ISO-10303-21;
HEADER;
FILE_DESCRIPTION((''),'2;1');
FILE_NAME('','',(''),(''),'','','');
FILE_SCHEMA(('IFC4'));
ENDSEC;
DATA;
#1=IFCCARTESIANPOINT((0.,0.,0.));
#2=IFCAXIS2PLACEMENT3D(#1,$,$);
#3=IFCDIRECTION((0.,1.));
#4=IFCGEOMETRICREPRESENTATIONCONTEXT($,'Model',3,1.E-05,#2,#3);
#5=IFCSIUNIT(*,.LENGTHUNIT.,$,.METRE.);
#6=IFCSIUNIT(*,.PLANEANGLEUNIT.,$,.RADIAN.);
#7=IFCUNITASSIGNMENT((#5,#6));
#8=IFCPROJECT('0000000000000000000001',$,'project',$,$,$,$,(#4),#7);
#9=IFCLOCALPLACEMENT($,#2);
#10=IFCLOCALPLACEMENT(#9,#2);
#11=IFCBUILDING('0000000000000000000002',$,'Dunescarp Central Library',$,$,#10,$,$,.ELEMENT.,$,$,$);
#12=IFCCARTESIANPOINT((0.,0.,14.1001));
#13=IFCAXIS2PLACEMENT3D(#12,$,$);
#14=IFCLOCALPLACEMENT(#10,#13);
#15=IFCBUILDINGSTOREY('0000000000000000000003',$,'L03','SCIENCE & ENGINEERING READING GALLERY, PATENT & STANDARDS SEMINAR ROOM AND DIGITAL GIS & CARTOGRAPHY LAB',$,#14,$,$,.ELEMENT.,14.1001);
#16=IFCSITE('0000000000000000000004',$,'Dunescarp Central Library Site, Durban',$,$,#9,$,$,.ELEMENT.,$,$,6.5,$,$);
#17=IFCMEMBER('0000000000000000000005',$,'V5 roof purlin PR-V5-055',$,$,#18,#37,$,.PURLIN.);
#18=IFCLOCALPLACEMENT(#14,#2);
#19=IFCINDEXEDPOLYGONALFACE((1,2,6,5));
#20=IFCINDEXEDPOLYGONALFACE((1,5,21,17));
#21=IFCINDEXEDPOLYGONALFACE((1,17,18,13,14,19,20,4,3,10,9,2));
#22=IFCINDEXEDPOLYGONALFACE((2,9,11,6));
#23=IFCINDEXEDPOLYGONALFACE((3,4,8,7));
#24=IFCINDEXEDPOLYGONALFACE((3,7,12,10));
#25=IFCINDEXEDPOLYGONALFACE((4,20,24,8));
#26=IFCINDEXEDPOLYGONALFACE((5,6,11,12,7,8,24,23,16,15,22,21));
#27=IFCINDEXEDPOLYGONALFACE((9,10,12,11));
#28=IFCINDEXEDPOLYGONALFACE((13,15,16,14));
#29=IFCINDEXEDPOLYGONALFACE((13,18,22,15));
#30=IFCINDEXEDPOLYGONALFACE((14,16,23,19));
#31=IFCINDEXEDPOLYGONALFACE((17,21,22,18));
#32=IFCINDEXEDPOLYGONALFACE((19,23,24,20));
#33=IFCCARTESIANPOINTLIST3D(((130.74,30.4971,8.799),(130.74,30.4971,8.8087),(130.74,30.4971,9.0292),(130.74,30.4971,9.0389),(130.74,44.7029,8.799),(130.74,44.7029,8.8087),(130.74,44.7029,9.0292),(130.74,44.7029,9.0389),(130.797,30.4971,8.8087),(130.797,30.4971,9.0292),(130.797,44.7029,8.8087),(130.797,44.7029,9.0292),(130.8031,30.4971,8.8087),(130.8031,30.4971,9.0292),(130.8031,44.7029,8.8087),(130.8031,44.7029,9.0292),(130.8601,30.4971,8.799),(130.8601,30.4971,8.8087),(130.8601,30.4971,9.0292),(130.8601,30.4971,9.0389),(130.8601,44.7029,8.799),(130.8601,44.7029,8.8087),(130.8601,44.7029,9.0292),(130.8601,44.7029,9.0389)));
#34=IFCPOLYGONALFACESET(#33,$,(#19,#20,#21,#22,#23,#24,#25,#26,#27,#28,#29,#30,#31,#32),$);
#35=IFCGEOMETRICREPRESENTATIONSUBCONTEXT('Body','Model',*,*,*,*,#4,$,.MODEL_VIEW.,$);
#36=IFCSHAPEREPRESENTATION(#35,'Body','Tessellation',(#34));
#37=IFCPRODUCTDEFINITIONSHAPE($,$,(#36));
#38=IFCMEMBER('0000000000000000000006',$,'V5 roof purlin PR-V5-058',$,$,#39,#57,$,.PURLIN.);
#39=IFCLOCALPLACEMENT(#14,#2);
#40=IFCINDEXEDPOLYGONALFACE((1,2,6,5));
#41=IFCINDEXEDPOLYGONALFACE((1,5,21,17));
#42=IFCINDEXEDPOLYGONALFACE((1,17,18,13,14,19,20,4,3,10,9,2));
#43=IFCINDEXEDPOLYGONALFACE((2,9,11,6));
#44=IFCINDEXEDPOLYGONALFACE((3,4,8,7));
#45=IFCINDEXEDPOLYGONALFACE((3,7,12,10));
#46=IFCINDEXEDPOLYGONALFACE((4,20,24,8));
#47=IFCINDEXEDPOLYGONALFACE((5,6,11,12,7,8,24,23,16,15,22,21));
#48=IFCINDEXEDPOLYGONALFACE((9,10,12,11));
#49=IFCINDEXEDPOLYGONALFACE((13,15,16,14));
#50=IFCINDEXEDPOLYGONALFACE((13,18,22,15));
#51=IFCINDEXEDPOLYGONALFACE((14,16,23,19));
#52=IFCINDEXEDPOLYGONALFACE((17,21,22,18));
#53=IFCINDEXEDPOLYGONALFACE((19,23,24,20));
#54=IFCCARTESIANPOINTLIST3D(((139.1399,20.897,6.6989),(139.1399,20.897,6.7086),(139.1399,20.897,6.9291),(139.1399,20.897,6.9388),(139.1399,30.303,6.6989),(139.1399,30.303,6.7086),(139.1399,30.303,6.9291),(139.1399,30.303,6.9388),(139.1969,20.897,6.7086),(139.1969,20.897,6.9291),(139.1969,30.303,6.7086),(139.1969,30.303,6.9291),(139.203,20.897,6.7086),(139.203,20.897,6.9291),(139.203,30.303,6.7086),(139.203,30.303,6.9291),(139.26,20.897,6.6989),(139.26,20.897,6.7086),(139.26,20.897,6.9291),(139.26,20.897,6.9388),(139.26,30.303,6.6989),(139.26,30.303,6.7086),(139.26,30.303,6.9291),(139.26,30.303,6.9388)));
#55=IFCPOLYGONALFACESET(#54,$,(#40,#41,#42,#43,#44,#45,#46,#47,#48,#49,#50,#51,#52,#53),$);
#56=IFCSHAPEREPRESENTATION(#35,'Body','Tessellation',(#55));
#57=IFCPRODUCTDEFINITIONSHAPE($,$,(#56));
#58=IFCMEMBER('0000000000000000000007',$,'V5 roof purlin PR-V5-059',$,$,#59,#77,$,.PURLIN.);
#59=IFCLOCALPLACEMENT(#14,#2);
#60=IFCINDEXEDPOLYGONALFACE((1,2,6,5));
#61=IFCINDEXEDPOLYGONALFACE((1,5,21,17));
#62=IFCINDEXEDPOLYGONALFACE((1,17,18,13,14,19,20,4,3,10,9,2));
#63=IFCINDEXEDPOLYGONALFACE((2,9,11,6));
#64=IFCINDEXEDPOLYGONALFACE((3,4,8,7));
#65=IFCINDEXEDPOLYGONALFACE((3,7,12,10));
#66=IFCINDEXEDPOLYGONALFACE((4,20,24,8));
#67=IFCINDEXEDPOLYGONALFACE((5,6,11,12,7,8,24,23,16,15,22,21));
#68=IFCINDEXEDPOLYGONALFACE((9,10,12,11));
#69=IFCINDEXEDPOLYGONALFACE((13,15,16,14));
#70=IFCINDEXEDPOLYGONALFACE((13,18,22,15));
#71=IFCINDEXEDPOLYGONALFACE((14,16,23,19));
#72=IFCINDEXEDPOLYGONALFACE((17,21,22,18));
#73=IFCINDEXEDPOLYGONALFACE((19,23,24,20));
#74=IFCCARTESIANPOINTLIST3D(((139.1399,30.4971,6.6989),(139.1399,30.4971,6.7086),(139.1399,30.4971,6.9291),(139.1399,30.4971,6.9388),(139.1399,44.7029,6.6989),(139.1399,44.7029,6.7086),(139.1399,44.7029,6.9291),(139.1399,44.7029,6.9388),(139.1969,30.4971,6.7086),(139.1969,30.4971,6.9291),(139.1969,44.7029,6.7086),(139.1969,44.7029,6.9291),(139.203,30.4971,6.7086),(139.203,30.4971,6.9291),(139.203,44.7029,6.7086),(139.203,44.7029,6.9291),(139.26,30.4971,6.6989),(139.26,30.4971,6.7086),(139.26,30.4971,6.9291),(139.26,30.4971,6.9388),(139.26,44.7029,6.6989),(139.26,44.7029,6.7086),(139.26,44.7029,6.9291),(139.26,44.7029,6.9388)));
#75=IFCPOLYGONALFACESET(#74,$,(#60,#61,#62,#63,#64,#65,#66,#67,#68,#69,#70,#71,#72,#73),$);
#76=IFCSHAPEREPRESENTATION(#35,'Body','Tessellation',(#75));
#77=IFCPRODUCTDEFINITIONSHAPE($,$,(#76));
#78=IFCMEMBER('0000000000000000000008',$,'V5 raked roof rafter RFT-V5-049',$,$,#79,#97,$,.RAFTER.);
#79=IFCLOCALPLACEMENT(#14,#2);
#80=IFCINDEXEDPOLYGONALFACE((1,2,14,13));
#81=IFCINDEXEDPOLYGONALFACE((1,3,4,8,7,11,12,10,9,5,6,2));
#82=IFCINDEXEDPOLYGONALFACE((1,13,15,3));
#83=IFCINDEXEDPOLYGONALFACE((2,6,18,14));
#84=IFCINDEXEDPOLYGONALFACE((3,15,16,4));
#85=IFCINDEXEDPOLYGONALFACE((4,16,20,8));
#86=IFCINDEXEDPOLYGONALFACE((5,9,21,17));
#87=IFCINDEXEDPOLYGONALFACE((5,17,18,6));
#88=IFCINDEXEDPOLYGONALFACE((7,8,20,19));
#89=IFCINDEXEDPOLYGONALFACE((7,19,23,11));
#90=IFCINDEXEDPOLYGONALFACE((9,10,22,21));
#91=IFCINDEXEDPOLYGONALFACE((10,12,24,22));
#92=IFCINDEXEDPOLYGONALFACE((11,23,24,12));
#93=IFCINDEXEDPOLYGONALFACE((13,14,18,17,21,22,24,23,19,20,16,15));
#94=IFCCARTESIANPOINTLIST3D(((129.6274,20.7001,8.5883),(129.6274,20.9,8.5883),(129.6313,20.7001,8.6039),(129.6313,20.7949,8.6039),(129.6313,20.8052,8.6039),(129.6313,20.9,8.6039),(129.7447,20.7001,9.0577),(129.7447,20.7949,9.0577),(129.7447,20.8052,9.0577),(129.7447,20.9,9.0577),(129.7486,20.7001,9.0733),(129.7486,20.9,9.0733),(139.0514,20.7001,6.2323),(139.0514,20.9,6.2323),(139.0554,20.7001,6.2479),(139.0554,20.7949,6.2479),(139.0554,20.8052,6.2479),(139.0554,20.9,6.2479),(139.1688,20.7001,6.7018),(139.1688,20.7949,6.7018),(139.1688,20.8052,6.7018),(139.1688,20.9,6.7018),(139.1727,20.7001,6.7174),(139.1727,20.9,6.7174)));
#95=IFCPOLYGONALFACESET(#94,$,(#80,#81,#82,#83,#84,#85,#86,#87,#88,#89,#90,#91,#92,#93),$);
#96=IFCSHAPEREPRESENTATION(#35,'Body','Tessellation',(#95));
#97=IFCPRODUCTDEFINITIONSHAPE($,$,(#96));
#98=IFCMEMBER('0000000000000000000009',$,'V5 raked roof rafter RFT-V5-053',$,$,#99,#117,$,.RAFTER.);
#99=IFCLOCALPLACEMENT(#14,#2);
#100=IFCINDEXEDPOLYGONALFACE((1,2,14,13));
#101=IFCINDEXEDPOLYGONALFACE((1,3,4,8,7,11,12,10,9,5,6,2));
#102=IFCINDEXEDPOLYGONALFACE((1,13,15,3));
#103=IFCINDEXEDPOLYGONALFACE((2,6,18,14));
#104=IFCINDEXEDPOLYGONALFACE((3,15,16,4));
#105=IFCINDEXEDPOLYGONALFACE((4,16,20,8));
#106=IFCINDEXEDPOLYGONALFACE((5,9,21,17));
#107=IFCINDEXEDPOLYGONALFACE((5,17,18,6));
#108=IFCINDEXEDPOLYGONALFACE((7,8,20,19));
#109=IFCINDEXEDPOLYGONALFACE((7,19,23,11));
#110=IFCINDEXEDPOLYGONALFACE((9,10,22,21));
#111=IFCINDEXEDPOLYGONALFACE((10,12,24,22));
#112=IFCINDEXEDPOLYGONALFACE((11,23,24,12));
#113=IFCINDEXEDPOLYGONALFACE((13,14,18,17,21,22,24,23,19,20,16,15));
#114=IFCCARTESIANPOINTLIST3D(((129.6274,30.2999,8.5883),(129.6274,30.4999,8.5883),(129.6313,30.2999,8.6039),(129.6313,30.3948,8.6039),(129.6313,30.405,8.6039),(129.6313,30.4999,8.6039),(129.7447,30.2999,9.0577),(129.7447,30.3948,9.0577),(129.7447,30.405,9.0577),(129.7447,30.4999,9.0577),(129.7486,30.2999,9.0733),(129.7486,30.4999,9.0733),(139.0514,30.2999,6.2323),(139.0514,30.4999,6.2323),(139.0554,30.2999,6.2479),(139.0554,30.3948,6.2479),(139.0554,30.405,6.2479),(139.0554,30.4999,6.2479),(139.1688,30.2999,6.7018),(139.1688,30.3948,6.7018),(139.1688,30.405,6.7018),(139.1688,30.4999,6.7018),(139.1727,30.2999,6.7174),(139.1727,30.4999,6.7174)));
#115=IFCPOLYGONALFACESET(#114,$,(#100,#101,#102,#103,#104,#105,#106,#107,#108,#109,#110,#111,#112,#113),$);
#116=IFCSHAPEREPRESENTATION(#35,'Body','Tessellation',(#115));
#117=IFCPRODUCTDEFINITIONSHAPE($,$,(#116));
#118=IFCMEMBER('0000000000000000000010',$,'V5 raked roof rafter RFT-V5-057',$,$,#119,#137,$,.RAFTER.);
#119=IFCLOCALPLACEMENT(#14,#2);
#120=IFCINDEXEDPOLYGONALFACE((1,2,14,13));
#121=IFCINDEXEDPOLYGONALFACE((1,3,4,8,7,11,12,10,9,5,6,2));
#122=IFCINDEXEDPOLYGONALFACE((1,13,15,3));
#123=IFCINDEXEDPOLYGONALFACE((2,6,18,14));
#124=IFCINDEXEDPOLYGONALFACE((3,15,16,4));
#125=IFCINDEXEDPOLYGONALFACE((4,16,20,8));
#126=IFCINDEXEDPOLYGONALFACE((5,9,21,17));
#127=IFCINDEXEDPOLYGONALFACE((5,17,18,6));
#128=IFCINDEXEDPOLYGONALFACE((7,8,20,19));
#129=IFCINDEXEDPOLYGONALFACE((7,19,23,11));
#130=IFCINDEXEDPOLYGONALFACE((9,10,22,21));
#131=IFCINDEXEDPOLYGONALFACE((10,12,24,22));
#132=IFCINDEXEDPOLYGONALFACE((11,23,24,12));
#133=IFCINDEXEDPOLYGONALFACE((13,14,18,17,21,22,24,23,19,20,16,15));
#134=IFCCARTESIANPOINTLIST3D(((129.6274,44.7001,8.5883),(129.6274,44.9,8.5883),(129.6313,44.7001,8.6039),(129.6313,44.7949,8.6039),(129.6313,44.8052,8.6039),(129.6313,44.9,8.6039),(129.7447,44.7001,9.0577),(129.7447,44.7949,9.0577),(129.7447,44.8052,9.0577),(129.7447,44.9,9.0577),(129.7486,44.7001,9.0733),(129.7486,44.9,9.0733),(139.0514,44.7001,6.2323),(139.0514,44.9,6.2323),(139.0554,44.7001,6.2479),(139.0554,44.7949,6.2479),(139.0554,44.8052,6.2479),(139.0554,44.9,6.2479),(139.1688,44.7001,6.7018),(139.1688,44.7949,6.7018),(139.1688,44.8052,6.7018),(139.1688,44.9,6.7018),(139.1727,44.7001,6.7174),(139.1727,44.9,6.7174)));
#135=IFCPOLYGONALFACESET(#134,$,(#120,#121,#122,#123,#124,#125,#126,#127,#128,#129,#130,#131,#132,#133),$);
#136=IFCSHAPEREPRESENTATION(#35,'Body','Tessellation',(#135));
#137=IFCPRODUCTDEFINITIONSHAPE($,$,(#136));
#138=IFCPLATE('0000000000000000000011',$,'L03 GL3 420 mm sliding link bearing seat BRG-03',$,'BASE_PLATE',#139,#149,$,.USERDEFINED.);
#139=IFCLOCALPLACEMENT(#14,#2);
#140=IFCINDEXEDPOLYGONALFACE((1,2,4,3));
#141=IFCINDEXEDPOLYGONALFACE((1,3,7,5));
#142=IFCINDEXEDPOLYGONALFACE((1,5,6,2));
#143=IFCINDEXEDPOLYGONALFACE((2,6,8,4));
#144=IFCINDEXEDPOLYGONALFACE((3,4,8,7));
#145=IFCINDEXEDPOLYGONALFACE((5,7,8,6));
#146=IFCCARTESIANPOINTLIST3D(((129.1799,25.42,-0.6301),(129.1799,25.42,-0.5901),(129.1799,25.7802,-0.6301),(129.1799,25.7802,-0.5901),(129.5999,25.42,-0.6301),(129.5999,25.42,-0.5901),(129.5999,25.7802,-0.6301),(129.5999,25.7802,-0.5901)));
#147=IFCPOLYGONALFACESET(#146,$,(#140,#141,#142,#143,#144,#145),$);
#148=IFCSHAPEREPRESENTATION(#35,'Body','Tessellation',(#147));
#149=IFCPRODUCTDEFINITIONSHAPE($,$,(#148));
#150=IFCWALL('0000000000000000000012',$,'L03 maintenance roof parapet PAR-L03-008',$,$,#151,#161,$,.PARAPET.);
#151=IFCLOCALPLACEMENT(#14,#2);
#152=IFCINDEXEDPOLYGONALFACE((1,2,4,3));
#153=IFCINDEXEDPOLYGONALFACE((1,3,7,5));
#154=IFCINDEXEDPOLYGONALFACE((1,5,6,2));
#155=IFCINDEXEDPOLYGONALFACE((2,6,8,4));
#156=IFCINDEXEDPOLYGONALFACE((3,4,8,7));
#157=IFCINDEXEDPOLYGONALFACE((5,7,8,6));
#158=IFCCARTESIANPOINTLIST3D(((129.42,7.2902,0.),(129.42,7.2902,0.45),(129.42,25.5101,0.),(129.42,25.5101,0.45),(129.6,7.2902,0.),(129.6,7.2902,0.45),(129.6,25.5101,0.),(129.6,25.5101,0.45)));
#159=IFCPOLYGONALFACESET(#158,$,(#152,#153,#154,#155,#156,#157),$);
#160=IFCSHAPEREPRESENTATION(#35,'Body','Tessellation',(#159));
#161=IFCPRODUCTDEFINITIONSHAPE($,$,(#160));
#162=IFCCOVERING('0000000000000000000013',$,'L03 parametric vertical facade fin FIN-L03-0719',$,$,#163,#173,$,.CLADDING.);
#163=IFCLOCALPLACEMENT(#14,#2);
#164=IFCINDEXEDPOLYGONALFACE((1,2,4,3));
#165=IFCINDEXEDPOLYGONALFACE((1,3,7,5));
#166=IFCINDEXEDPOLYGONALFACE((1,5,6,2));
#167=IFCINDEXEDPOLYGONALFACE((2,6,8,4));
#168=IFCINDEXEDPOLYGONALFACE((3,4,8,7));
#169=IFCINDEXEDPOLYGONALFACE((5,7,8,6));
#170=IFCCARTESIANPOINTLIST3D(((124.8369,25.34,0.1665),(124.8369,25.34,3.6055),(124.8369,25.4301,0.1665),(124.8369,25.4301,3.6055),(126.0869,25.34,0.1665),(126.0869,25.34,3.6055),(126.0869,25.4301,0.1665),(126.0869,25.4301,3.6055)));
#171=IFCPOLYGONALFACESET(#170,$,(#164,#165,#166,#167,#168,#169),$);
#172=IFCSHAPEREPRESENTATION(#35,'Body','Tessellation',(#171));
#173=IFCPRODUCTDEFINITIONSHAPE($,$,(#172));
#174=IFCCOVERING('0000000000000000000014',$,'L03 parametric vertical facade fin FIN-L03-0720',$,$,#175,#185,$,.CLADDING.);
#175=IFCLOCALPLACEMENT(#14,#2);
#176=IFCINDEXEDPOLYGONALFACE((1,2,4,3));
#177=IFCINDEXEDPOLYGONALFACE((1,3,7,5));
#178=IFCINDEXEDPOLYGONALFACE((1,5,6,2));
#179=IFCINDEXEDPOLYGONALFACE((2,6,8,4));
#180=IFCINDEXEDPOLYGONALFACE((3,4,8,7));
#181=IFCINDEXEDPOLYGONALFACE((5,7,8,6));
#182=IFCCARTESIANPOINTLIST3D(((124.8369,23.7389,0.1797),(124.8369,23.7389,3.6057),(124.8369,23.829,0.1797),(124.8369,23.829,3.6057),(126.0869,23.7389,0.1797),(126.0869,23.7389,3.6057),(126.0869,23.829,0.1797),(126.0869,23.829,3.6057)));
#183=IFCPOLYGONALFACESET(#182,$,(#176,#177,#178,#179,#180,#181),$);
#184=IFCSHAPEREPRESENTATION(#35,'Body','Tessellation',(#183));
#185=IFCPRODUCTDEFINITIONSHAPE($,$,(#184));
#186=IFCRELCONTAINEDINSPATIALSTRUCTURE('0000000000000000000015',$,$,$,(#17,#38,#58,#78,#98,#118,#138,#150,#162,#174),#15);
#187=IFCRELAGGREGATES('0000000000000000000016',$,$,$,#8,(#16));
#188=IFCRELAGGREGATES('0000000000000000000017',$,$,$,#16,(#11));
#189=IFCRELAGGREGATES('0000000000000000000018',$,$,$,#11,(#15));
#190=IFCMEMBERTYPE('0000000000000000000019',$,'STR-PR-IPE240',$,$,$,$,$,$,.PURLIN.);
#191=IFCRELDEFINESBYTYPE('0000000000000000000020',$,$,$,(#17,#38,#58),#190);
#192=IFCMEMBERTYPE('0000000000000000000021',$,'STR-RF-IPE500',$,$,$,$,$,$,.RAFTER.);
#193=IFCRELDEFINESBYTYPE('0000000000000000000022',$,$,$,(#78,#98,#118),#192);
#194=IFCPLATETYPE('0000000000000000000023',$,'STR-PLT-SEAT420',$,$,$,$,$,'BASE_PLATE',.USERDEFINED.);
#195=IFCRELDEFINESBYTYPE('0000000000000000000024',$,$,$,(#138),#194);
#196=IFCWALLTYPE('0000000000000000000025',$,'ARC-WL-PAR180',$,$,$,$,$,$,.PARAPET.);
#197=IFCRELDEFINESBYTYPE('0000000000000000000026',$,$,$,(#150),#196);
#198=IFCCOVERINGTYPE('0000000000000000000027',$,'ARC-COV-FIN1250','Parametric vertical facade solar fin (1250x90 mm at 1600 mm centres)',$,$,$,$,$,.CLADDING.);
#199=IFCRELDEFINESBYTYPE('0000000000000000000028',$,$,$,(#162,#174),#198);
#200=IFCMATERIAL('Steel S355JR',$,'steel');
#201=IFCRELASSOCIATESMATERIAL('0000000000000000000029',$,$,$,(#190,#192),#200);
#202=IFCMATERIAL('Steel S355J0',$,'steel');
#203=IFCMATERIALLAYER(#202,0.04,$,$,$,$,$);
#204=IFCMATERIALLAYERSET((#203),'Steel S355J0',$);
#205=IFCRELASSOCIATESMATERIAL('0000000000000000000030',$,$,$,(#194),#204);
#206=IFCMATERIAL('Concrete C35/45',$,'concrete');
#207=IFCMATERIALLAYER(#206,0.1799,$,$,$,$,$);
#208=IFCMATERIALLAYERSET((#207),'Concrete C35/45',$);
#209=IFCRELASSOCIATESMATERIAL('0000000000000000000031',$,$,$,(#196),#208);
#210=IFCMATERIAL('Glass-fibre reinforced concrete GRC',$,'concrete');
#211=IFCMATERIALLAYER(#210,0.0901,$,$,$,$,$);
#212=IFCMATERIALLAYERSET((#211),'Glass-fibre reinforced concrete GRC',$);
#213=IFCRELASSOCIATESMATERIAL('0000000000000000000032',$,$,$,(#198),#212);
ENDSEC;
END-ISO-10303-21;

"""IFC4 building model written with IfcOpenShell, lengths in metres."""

from ifc_helpers import new_model, si_unit, direction, frame, frame_2d, origin, origin_2d, place, context, subcontext, project, spatial, rectangle, i_section, extrude, material, layer, layer_set, material_profile, profile_set, type_object, element, save


model = new_model("IFC4")

# Units and contexts
model_context = context("Model", 3, precision=1e-05, world=origin(), true_north=direction((0.0, 1.0)))
body_context = subcontext(model_context, "Body", "Model", "MODEL_VIEW")
ifc_project = project(units=[si_unit("LENGTHUNIT", "METRE"), si_unit("PLANEANGLEUNIT", "RADIAN")], contexts=[model_context])

# Site, building, storey
site_placement = place(None, origin())
site = spatial("IfcSite", under=ifc_project, at=site_placement, Name="Dunescarp Central Library Site, Durban", CompositionType="ELEMENT", RefElevation=6.5)
building_placement = place(site_placement, origin())
building = spatial("IfcBuilding", under=site, at=building_placement, Name="Dunescarp Central Library", CompositionType="ELEMENT")
storey_placement = place(building_placement, frame((0.0, 0.0, 14.1001)))
storey = spatial("IfcBuildingStorey", under=building, at=storey_placement, Name="L03", Description="SCIENCE & ENGINEERING READING GALLERY, PATENT & STANDARDS SEMINAR ROOM AND DIGITAL GIS & CARTOGRAPHY LAB", CompositionType="ELEMENT", Elevation=14.1001)

# Shared definitions
ifc_material_1 = material(Name="Steel S355JR", Category="steel")

# Members
ifc_material_profile_1 = material_profile(ifc_material_1, i_section(OverallWidth=0.1201, OverallDepth=0.24, WebThickness=0.0061, FlangeThickness=0.0098, at=origin_2d()), Name="IPE 240")
ifc_profile_set_1 = profile_set([ifc_material_profile_1], Name="Steel S355JR")
member_type_1 = type_object("IfcMemberType", Name="STR-PR-IPE240", PredefinedType="PURLIN", material=ifc_profile_set_1)
member_1_placement = place(storey_placement, frame((130.8, 30.4971, 8.9189), z_axis=(0.0, 1.0, 0.0), x_axis=(-1.0, 0.0, 0.0)))
element("IfcMember", 1, at=member_1_placement, inside=storey, type_object=member_type_1, Name="V5 roof purlin PR-V5-055", PredefinedType="PURLIN", context=body_context, shape_type="SweptSolid", body=[
    extrude(i_section(OverallWidth=0.1201, OverallDepth=0.24, WebThickness=0.0061, FlangeThickness=0.0098, at=origin_2d()), origin(), (0.0, 0.0, 1.0), 14.2058),
])
member_2_placement = place(storey_placement, frame((139.2, 20.897, 6.8188), z_axis=(0.0, 1.0, 0.0), x_axis=(-1.0, 0.0, 0.0)))
element("IfcMember", 2, at=member_2_placement, inside=storey, type_object=member_type_1, Name="V5 roof purlin PR-V5-058", PredefinedType="PURLIN", context=body_context, shape_type="SweptSolid", body=[
    extrude(i_section(OverallWidth=0.1201, OverallDepth=0.24, WebThickness=0.0061, FlangeThickness=0.0098, at=origin_2d()), origin(), (0.0, 0.0, 1.0), 9.406),
])
member_3_placement = place(storey_placement, frame((139.2, 30.4971, 6.8188), z_axis=(0.0, 1.0, 0.0), x_axis=(-1.0, 0.0, 0.0)))
element("IfcMember", 3, at=member_3_placement, inside=storey, type_object=member_type_1, Name="V5 roof purlin PR-V5-059", PredefinedType="PURLIN", context=body_context, shape_type="SweptSolid", body=[
    extrude(i_section(OverallWidth=0.1201, OverallDepth=0.24, WebThickness=0.0061, FlangeThickness=0.0098, at=origin_2d()), origin(), (0.0, 0.0, 1.0), 14.2058),
])
ifc_material_profile_2 = material_profile(ifc_material_1, i_section(OverallWidth=0.2, OverallDepth=0.5, WebThickness=0.0103, FlangeThickness=0.0161, at=origin_2d()), Name="IPE 500")
ifc_profile_set_2 = profile_set([ifc_material_profile_2], Name="Steel S355JR")
member_type_2 = type_object("IfcMemberType", Name="STR-RF-IPE500", PredefinedType="RAFTER", material=ifc_profile_set_2)
for number, where, z_axis, x_axis, name in (
    (4, (129.688, 20.8, 8.8308), (0.970144, 0.0, -0.24253), (0.0, 1.0, 0.0), "V5 raked roof rafter RFT-V5-049"),
    (5, (129.688, 30.3999, 8.8308), (0.970144, 0.0, -0.24253), (0.0, 1.0, 0.0), "V5 raked roof rafter RFT-V5-053"),
    (6, (129.688, 44.8, 8.8308), (0.970144, 0.0, -0.24253), (0.0, 1.0, 0.0), "V5 raked roof rafter RFT-V5-057"),
):
    element("IfcMember", number, at=place(storey_placement, frame(where, z_axis=z_axis, x_axis=x_axis)), inside=storey, type_object=member_type_2, Name=name, PredefinedType="RAFTER", context=body_context, shape_type="SweptSolid", body=[
        extrude(i_section(OverallWidth=0.2, OverallDepth=0.5, WebThickness=0.0103, FlangeThickness=0.0161, at=origin_2d()), origin(), (0.0, 0.0, 1.0), 9.7141),
    ])

# Plate
ifc_material_2 = material(Name="Steel S355J0", Category="steel")
ifc_layer_1 = layer(ifc_material_2, 0.04)
ifc_layer_set_1 = layer_set([ifc_layer_1], Name="Steel S355J0")
plate_type = type_object("IfcPlateType", Name="STR-PLT-SEAT420", ElementType="BASE_PLATE", PredefinedType="USERDEFINED", material=ifc_layer_set_1)
plate_placement = place(storey_placement, frame((129.3899, 25.6001, -0.6301), z_axis=(0.0, 0.0, 1.0), x_axis=(1.0, 0.0, 0.0)))
element("IfcPlate", 7, at=plate_placement, inside=storey, type_object=plate_type, Name="L03 GL3 420 mm sliding link bearing seat BRG-03", ObjectType="BASE_PLATE", PredefinedType="USERDEFINED", context=body_context, shape_type="SweptSolid", body=[
    extrude(rectangle(XDim=0.4199, YDim=0.3601, at=origin_2d()), origin(), (0.0, 0.0, 1.0), 0.04),
])

# Wall
ifc_material_3 = material(Name="Concrete C35/45", Category="concrete")
ifc_layer_2 = layer(ifc_material_3, 0.1799)
ifc_layer_set_2 = layer_set([ifc_layer_2], Name="Concrete C35/45")
wall_type = type_object("IfcWallType", Name="ARC-WL-PAR180", PredefinedType="PARAPET", material=ifc_layer_set_2)
wall_placement = place(storey_placement, frame((129.51, 25.51, 0.0), z_axis=(0.0, 0.0, 1.0), x_axis=(0.0, -1.0, 0.0)))
element("IfcWall", 8, at=wall_placement, inside=storey, type_object=wall_type, Name="L03 maintenance roof parapet PAR-L03-008", PredefinedType="PARAPET", context=body_context, shape_type="SweptSolid", body=[
    extrude(rectangle(XDim=18.22, YDim=0.1799, at=frame_2d((9.1099, 0.0))), origin(), (0.0, 0.0, 1.0), 0.45),
])

# Coverings
ifc_material_4 = material(Name="Glass-fibre reinforced concrete GRC", Category="concrete")
ifc_layer_3 = layer(ifc_material_4, 0.0901)
ifc_layer_set_3 = layer_set([ifc_layer_3], Name="Glass-fibre reinforced concrete GRC")
covering_type_1 = type_object("IfcCoveringType", Name="ARC-COV-FIN1250", Description="Parametric vertical facade solar fin (1250x90 mm at 1600 mm centres)", PredefinedType="CLADDING", material=ifc_layer_set_3)
covering_1_placement = place(storey_placement, frame((125.4619, 25.385, 0.1665), z_axis=(0.0, 0.0, 1.0), x_axis=(1.0, 0.0, 0.0)))
element("IfcCovering", 9, at=covering_1_placement, inside=storey, type_object=covering_type_1, Name="L03 parametric vertical facade fin FIN-L03-0719", PredefinedType="CLADDING", context=body_context, shape_type="SweptSolid", body=[
    extrude(rectangle(XDim=1.25, YDim=0.0901, at=origin_2d()), origin(), (0.0, 0.0, 1.0), 3.439),
])
covering_2_placement = place(storey_placement, frame((125.4619, 23.7839, 0.1797), z_axis=(0.0, 0.0, 1.0), x_axis=(1.0, 0.0, 0.0)))
element("IfcCovering", 10, at=covering_2_placement, inside=storey, type_object=covering_type_1, Name="L03 parametric vertical facade fin FIN-L03-0720", PredefinedType="CLADDING", context=body_context, shape_type="SweptSolid", body=[
    extrude(rectangle(XDim=1.25, YDim=0.0901, at=origin_2d()), origin(), (0.0, 0.0, 1.0), 3.426),
])

save(model, "model.ifc")
